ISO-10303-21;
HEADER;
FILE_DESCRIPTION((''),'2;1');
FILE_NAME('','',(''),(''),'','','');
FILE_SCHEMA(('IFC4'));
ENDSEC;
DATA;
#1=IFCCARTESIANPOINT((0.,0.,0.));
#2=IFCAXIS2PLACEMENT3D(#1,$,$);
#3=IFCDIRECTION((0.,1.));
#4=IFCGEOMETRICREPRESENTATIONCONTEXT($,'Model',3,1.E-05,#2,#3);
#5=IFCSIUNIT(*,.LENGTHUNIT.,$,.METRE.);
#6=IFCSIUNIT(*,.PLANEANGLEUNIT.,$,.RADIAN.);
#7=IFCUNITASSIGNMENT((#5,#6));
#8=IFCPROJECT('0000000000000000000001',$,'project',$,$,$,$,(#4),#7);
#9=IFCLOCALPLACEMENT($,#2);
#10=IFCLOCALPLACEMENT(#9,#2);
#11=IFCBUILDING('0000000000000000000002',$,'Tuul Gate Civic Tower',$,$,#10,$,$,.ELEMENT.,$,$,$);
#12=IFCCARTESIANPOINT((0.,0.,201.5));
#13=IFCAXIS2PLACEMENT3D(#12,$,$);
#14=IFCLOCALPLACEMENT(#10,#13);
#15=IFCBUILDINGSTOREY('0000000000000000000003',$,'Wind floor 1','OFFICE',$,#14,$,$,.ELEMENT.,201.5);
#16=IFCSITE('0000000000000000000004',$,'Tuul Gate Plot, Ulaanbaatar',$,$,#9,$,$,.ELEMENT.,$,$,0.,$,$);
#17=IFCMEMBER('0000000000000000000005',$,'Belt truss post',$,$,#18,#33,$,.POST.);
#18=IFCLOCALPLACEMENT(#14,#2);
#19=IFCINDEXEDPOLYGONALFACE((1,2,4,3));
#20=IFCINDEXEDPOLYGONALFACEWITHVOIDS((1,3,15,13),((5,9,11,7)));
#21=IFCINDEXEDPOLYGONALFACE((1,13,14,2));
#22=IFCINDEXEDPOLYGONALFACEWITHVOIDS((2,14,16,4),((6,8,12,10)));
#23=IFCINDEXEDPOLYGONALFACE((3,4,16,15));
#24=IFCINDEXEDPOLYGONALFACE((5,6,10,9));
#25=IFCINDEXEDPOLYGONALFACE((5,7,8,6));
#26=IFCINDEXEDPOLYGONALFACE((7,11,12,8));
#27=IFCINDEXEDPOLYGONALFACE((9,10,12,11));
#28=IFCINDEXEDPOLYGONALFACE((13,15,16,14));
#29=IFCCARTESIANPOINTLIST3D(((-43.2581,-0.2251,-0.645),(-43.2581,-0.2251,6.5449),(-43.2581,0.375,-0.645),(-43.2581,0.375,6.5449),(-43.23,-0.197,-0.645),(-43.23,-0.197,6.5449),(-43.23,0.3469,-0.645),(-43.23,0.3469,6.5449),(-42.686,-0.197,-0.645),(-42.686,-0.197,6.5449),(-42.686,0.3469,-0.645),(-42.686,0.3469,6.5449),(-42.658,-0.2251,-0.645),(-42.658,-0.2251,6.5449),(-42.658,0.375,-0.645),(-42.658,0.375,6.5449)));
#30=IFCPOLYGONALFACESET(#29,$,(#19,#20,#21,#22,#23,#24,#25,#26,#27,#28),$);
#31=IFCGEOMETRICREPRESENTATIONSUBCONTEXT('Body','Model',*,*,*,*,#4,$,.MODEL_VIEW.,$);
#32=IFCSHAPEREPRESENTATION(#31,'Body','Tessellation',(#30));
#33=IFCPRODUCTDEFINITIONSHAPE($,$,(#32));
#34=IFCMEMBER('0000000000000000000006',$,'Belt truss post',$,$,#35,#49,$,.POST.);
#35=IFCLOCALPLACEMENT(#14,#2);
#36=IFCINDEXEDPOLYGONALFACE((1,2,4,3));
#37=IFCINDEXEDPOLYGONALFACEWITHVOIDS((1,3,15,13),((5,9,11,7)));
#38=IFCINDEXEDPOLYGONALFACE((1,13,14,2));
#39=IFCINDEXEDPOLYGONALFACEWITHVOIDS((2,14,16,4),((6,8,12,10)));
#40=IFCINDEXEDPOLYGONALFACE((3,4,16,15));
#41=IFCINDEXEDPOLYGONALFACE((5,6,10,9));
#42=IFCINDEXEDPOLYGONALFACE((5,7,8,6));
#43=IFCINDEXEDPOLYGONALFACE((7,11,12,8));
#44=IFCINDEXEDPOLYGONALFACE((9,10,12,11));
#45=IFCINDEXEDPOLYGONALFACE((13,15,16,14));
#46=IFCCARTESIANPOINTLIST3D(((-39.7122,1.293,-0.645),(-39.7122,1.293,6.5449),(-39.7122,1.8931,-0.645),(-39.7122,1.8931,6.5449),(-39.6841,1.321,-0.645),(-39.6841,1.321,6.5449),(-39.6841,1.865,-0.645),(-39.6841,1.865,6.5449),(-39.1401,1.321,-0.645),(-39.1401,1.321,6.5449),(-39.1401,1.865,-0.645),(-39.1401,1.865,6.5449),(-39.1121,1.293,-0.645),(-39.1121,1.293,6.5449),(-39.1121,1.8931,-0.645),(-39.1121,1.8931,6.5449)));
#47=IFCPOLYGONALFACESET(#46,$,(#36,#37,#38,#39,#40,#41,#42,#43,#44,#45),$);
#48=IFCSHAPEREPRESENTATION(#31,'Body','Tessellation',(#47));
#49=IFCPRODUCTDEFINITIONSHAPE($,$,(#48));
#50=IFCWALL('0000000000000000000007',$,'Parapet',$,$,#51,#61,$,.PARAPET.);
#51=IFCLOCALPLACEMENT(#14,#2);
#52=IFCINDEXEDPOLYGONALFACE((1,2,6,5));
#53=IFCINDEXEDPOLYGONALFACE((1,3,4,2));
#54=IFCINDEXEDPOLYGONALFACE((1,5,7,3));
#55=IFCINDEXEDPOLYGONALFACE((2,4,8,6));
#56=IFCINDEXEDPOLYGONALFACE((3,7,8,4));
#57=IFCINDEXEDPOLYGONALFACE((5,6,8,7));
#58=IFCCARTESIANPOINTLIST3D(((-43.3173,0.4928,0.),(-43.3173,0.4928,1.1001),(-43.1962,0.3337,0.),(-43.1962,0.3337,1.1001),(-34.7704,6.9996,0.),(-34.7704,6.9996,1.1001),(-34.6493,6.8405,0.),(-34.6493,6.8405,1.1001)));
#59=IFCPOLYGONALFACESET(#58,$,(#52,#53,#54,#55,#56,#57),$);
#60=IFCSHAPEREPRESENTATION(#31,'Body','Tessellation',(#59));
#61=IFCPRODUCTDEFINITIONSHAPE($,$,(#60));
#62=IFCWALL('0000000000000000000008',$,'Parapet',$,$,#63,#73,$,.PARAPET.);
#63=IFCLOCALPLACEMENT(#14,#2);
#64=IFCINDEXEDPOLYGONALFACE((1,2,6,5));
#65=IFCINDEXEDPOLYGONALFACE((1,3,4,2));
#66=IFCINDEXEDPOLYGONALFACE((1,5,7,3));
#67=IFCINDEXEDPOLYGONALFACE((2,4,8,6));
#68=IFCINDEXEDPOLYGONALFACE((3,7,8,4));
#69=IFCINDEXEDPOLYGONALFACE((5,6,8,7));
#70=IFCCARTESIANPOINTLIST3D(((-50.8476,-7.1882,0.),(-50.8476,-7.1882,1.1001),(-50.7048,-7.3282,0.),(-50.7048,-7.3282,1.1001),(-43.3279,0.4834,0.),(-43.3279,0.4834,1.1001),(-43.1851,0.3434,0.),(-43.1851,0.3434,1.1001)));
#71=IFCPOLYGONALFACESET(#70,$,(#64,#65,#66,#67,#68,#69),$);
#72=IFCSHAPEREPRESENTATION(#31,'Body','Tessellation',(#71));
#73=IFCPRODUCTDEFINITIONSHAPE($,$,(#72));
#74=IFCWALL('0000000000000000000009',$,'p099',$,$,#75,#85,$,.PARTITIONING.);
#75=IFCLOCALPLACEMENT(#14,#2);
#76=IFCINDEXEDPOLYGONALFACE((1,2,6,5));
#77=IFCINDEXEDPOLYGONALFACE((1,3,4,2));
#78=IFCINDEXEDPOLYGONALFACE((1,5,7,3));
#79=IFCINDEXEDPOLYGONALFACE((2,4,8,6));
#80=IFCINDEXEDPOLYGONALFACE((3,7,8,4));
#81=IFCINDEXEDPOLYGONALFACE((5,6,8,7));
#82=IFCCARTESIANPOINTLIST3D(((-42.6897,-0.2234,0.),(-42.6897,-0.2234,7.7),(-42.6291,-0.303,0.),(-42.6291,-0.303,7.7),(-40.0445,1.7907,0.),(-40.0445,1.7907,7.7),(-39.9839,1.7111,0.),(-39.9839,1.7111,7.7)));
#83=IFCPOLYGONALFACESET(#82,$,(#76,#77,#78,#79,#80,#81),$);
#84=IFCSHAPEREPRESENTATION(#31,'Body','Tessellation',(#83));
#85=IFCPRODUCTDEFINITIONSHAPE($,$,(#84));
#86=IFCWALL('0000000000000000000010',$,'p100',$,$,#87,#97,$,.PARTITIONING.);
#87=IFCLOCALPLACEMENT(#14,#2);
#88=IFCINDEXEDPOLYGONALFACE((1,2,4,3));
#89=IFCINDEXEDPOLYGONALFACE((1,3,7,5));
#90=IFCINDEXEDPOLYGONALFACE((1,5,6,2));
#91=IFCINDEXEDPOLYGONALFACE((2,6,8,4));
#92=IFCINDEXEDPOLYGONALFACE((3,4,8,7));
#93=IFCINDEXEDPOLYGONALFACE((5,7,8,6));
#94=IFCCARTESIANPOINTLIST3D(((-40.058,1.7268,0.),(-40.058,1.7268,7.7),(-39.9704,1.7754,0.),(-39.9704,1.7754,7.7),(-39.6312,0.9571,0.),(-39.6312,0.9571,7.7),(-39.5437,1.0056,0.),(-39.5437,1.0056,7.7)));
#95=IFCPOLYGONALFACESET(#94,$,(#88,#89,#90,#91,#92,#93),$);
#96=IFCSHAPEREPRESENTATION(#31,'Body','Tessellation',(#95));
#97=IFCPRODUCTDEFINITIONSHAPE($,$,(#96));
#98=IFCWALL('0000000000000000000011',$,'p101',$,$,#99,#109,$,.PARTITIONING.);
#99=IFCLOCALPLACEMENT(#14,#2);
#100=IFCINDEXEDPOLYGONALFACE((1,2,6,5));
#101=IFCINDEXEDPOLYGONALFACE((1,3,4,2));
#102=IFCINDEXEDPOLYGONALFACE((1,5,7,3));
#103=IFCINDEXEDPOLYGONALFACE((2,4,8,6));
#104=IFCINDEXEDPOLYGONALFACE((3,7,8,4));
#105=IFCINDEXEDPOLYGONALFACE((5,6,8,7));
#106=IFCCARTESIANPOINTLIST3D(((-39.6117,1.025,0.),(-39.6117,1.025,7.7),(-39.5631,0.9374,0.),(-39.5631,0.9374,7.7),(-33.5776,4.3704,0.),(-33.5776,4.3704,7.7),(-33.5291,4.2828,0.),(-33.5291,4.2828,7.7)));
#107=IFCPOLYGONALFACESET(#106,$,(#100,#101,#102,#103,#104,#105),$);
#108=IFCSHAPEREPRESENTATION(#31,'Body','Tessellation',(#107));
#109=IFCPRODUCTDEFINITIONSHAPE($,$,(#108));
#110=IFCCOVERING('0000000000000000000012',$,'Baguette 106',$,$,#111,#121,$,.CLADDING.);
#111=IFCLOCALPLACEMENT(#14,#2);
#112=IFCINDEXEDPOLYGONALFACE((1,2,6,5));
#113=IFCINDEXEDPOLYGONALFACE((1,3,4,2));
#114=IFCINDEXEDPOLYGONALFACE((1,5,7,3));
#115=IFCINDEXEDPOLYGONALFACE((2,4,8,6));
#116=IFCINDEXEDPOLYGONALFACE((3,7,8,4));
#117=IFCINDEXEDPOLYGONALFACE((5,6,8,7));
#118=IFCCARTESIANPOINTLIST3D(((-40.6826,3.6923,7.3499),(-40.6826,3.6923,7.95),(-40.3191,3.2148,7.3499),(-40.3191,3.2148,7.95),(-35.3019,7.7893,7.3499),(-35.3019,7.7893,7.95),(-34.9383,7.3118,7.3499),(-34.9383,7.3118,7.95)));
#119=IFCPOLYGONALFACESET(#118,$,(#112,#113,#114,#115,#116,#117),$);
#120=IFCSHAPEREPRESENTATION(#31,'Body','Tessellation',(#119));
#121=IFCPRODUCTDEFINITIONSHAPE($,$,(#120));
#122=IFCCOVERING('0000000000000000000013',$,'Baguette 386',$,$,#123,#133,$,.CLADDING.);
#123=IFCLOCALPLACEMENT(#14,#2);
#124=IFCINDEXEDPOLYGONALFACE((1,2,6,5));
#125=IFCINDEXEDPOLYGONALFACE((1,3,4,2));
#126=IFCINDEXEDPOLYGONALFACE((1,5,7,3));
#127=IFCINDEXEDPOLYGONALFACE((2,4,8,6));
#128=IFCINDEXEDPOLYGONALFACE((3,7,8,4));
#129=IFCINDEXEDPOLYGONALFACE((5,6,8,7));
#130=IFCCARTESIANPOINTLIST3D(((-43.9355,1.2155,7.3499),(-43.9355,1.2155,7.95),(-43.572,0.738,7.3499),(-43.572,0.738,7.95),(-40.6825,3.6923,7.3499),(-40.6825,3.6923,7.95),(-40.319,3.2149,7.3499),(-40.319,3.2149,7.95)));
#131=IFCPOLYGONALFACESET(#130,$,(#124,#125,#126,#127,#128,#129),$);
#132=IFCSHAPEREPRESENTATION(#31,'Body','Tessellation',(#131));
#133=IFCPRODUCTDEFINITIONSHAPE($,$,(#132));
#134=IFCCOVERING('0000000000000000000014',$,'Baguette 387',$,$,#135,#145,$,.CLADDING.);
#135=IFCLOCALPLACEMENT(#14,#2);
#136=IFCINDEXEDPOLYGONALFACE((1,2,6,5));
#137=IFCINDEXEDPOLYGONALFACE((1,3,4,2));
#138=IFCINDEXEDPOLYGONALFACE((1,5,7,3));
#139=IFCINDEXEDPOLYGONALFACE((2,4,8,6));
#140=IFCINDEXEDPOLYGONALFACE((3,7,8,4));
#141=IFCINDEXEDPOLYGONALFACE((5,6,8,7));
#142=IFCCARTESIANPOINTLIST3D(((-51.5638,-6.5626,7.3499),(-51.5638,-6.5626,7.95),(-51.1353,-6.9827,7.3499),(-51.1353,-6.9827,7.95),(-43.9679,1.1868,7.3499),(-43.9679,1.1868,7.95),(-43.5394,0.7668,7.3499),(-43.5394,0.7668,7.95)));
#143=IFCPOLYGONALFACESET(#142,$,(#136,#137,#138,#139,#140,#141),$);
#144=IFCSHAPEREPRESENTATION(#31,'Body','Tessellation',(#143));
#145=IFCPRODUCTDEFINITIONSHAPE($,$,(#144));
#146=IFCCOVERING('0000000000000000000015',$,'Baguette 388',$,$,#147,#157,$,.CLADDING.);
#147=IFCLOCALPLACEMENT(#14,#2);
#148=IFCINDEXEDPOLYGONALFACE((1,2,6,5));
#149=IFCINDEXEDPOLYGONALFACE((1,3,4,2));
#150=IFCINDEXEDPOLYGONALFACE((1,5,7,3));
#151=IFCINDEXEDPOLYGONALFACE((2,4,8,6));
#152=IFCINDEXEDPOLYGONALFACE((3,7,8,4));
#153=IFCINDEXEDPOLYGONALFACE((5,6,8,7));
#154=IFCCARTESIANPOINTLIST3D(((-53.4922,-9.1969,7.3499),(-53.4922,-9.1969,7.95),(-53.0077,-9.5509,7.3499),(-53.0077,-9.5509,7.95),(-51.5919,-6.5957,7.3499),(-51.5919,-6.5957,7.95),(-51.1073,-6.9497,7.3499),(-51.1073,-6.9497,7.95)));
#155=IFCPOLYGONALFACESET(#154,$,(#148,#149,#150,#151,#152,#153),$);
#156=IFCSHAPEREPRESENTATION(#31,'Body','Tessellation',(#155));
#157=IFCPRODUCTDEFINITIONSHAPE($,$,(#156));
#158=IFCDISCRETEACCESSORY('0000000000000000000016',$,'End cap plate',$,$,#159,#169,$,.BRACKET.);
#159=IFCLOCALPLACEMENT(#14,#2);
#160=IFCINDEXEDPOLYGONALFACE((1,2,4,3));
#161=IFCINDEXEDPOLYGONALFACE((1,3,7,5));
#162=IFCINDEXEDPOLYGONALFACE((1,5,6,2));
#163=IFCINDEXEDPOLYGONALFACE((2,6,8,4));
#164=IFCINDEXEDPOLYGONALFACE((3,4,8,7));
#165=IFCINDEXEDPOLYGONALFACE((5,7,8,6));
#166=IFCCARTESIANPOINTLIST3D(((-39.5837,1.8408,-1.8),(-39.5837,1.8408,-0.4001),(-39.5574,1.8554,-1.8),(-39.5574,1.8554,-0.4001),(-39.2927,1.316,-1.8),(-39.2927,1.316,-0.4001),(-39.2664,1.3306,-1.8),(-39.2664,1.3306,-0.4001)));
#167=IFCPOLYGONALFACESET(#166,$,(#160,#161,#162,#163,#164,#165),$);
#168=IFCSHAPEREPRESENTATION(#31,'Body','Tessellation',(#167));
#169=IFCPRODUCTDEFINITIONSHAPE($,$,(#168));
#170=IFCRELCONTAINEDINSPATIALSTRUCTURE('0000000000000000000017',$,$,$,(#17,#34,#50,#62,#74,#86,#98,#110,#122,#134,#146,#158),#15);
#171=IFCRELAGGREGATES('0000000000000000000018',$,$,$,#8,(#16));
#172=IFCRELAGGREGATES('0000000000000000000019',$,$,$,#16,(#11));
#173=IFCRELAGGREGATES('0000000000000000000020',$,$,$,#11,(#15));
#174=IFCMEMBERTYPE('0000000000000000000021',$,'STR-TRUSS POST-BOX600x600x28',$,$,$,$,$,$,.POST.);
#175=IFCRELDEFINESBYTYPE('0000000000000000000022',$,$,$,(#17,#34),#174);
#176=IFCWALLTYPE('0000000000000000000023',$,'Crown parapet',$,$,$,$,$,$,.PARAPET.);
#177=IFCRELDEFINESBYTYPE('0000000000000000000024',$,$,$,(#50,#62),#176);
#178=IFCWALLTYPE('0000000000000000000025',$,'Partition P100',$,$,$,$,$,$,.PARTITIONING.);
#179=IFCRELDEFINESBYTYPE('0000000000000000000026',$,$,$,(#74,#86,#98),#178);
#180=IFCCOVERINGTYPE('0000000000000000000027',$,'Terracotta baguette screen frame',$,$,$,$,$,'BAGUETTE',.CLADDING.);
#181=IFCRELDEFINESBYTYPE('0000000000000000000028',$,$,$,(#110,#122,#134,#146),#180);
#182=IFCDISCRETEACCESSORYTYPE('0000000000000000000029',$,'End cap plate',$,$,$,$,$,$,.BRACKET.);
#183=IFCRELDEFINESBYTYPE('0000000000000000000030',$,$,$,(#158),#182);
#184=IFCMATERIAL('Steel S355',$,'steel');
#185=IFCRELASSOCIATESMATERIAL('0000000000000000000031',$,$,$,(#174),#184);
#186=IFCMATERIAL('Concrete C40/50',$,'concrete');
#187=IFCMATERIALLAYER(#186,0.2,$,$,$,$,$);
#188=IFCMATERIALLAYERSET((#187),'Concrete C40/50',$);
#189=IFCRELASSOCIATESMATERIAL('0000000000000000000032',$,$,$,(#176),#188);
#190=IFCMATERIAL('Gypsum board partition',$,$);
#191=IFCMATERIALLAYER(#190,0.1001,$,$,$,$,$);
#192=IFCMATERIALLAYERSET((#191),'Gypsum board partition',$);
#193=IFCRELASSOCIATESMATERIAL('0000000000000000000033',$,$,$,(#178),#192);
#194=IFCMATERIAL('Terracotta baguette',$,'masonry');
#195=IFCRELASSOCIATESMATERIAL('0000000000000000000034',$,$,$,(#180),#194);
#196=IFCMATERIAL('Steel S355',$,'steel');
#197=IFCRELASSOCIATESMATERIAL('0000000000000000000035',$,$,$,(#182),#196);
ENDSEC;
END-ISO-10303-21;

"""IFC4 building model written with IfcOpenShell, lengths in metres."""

from ifc_helpers import new_model, si_unit, direction, frame, frame_2d, origin, origin_2d, place, context, subcontext, project, spatial, rectangle, hollow_rectangle, extrude, material, layer, layer_set, material_profile, profile_set, type_object, element, save


model = new_model("IFC4")

# Units and contexts
model_context = context("Model", 3, precision=1e-05, world=origin(), true_north=direction((0.0, 1.0)))
body_context = subcontext(model_context, "Body", "Model", "MODEL_VIEW")
ifc_project = project(units=[si_unit("LENGTHUNIT", "METRE"), si_unit("PLANEANGLEUNIT", "RADIAN")], contexts=[model_context])

# Site, building, storey
site_placement = place(None, origin())
site = spatial("IfcSite", under=ifc_project, at=site_placement, Name="Tuul Gate Plot, Ulaanbaatar", CompositionType="ELEMENT", RefElevation=0.0)
building_placement = place(site_placement, origin())
building = spatial("IfcBuilding", under=site, at=building_placement, Name="Tuul Gate Civic Tower", CompositionType="ELEMENT")
storey_placement = place(building_placement, frame((0.0, 0.0, 201.5)))
storey = spatial("IfcBuildingStorey", under=building, at=storey_placement, Name="Wind floor 1", Description="OFFICE", CompositionType="ELEMENT", Elevation=201.5)

# Members
ifc_material_1 = material(Name="Steel S355", Category="steel")
ifc_material_profile_1 = material_profile(ifc_material_1, hollow_rectangle(XDim=0.6001, YDim=0.6001, WallThickness=0.0281, at=origin_2d()), Name="BOX600x600x28")
ifc_profile_set_1 = profile_set([ifc_material_profile_1], Name="Steel S355")
member_type_1 = type_object("IfcMemberType", Name="STR-TRUSS POST-BOX600x600x28", PredefinedType="POST", material=ifc_profile_set_1)
for number, where, z_axis, x_axis, name in (
    (1, (-42.958, 0.075, -0.645), (0.0, 0.0, 1.0), (1.0, 0.0, 0.0), "Belt truss post"),
    (2, (-39.4121, 1.593, -0.645), (0.0, 0.0, 1.0), (1.0, 0.0, 0.0), "Belt truss post"),
):
    element("IfcMember", number, at=place(storey_placement, frame(where, z_axis=z_axis, x_axis=x_axis)), inside=storey, type_object=member_type_1, Name=name, PredefinedType="POST", context=body_context, shape_type="SweptSolid", body=[
        extrude(hollow_rectangle(XDim=0.6001, YDim=0.6001, WallThickness=0.0281, at=origin_2d()), origin(), (0.0, 0.0, 1.0), 7.1899),
    ])

# Walls
ifc_material_2 = material(Name="Concrete C40/50", Category="concrete")
ifc_layer_1 = layer(ifc_material_2, 0.2)
ifc_layer_set_1 = layer_set([ifc_layer_1], Name="Concrete C40/50")
wall_type_1 = type_object("IfcWallType", Name="Crown parapet", PredefinedType="PARAPET", material=ifc_layer_set_1)
wall_1_placement = place(storey_placement, frame((-34.7097, 6.9202, 0.0), z_axis=(0.0, 0.0, 1.0), x_axis=(-0.795659, -0.605745, 0.0)))
element("IfcWall", 3, at=wall_1_placement, inside=storey, type_object=wall_type_1, Name="Parapet", PredefinedType="PARAPET", context=body_context, shape_type="SweptSolid", body=[
    extrude(rectangle(XDim=10.7419, YDim=0.2, at=frame_2d((5.3711, 0.0))), origin(), (0.0, 0.0, 1.0), 1.1001),
])
wall_2_placement = place(storey_placement, frame((-43.2566, 0.4133, 0.0), z_axis=(0.0, 0.0, 1.0), x_axis=(-0.700003, -0.714139, 0.0)))
element("IfcWall", 4, at=wall_2_placement, inside=storey, type_object=wall_type_1, Name="Parapet", PredefinedType="PARAPET", context=body_context, shape_type="SweptSolid", body=[
    extrude(rectangle(XDim=10.7424, YDim=0.2, at=frame_2d((5.3711, 0.0))), origin(), (0.0, 0.0, 1.0), 1.1001),
])
ifc_material_3 = material(Name="Gypsum board partition")
ifc_layer_2 = layer(ifc_material_3, 0.1001)
ifc_layer_set_2 = layer_set([ifc_layer_2], Name="Gypsum board partition")
wall_type_2 = type_object("IfcWallType", Name="Partition P100", PredefinedType="PARTITIONING", material=ifc_layer_set_2)
wall_3_placement = place(storey_placement, frame((-42.6594, -0.2632, 0.0), z_axis=(0.0, 0.0, 1.0), x_axis=(0.795617, 0.6058, 0.0)))
element("IfcWall", 5, at=wall_3_placement, inside=storey, type_object=wall_type_2, Name="p099", PredefinedType="PARTITIONING", context=body_context, shape_type="SweptSolid", body=[
    extrude(rectangle(XDim=3.3247, YDim=0.1001, at=frame_2d((1.6624, 0.0))), origin(), (0.0, 0.0, 1.0), 7.7),
])
wall_4_placement = place(storey_placement, frame((-40.0142, 1.751, 0.0), z_axis=(0.0, 0.0, 1.0), x_axis=(0.484866, -0.874589, 0.0)))
element("IfcWall", 6, at=wall_4_placement, inside=storey, type_object=wall_type_2, Name="p100", PredefinedType="PARTITIONING", context=body_context, shape_type="SweptSolid", body=[
    extrude(rectangle(XDim=0.8801, YDim=0.1001, at=frame_2d((0.4399, 0.0))), origin(), (0.0, 0.0, 1.0), 7.7),
])
wall_5_placement = place(storey_placement, frame((-39.5874, 0.9812, 0.0), z_axis=(0.0, 0.0, 1.0), x_axis=(0.874579, 0.484883, 0.0)))
element("IfcWall", 7, at=wall_5_placement, inside=storey, type_object=wall_type_2, Name="p101", PredefinedType="PARTITIONING", context=body_context, shape_type="SweptSolid", body=[
    extrude(rectangle(XDim=6.8994, YDim=0.1001, at=frame_2d((3.4497, 0.0))), origin(), (0.0, 0.0, 1.0), 7.7),
])

# Coverings
ifc_material_4 = material(Name="Terracotta baguette", Category="masonry")
ifc_material_profile_2 = material_profile(ifc_material_4, rectangle(XDim=0.6001, YDim=0.6001, at=origin_2d()), Name="Terracotta baguette screen frame")
ifc_profile_set_2 = profile_set([ifc_material_profile_2], Name="Terracotta baguette")
covering_type = type_object("IfcCoveringType", Name="Terracotta baguette screen frame", ElementType="BAGUETTE", PredefinedType="CLADDING", material=ifc_profile_set_2)
covering_1_placement = place(storey_placement, frame((-35.1201, 7.5505, 7.6499), z_axis=(-0.795616, -0.605801, 0.0), x_axis=(0.605801, -0.795616, 0.0)))
element("IfcCovering", 8, at=covering_1_placement, inside=storey, type_object=covering_type, Name="Baguette 106", PredefinedType="CLADDING", context=body_context, shape_type="SweptSolid", body=[
    extrude(rectangle(XDim=0.6001, YDim=0.6001, at=origin_2d()), origin(), (0.0, 0.0, 1.0), 6.7629),
])
covering_2_placement = place(storey_placement, frame((-40.5007, 3.4536, 7.6499), z_axis=(-0.795622, -0.605793, 0.0), x_axis=(0.605793, -0.795622, 0.0)))
element("IfcCovering", 9, at=covering_2_placement, inside=storey, type_object=covering_type, Name="Baguette 386", PredefinedType="CLADDING", context=body_context, shape_type="SweptSolid", body=[
    extrude(rectangle(XDim=0.6001, YDim=0.6001, at=origin_2d()), origin(), (0.0, 0.0, 1.0), 4.0886),
])
covering_3_placement = place(storey_placement, frame((-43.7537, 0.9768, 7.6499), z_axis=(-0.699996, -0.714147, 0.0), x_axis=(0.714147, -0.699996, 0.0)))
element("IfcCovering", 10, at=covering_3_placement, inside=storey, type_object=covering_type, Name="Baguette 387", PredefinedType="CLADDING", context=body_context, shape_type="SweptSolid", body=[
    extrude(rectangle(XDim=0.6001, YDim=0.6001, at=origin_2d()), origin(), (0.0, 0.0, 1.0), 10.8513),
])
covering_4_placement = place(storey_placement, frame((-51.3496, -6.7727, 7.6499), z_axis=(-0.589901, -0.807476, 0.0), x_axis=(0.807476, -0.589901, 0.0)))
element("IfcCovering", 11, at=covering_4_placement, inside=storey, type_object=covering_type, Name="Baguette 388", PredefinedType="CLADDING", context=body_context, shape_type="SweptSolid", body=[
    extrude(rectangle(XDim=0.6001, YDim=0.6001, at=origin_2d()), origin(), (0.0, 0.0, 1.0), 3.2214),
])

# Discrete accessory
ifc_material_5 = material(Name="Steel S355", Category="steel")
discrete_accessory_type = type_object("IfcDiscreteAccessoryType", Name="End cap plate", PredefinedType="BRACKET", material=ifc_material_5)
discrete_accessory_placement = place(storey_placement, frame((-39.425, 1.5857, -1.8), z_axis=(0.0, 0.0, 1.0), x_axis=(-0.874585, -0.484871, 0.0)))
element("IfcDiscreteAccessory", 12, at=discrete_accessory_placement, inside=storey, type_object=discrete_accessory_type, Name="End cap plate", PredefinedType="BRACKET", context=body_context, shape_type="SweptSolid", body=[
    extrude(rectangle(XDim=0.03, YDim=0.6001, at=origin_2d()), origin(), (0.0, 0.0, 1.0), 1.3999),
])

save(model, "model.ifc")
